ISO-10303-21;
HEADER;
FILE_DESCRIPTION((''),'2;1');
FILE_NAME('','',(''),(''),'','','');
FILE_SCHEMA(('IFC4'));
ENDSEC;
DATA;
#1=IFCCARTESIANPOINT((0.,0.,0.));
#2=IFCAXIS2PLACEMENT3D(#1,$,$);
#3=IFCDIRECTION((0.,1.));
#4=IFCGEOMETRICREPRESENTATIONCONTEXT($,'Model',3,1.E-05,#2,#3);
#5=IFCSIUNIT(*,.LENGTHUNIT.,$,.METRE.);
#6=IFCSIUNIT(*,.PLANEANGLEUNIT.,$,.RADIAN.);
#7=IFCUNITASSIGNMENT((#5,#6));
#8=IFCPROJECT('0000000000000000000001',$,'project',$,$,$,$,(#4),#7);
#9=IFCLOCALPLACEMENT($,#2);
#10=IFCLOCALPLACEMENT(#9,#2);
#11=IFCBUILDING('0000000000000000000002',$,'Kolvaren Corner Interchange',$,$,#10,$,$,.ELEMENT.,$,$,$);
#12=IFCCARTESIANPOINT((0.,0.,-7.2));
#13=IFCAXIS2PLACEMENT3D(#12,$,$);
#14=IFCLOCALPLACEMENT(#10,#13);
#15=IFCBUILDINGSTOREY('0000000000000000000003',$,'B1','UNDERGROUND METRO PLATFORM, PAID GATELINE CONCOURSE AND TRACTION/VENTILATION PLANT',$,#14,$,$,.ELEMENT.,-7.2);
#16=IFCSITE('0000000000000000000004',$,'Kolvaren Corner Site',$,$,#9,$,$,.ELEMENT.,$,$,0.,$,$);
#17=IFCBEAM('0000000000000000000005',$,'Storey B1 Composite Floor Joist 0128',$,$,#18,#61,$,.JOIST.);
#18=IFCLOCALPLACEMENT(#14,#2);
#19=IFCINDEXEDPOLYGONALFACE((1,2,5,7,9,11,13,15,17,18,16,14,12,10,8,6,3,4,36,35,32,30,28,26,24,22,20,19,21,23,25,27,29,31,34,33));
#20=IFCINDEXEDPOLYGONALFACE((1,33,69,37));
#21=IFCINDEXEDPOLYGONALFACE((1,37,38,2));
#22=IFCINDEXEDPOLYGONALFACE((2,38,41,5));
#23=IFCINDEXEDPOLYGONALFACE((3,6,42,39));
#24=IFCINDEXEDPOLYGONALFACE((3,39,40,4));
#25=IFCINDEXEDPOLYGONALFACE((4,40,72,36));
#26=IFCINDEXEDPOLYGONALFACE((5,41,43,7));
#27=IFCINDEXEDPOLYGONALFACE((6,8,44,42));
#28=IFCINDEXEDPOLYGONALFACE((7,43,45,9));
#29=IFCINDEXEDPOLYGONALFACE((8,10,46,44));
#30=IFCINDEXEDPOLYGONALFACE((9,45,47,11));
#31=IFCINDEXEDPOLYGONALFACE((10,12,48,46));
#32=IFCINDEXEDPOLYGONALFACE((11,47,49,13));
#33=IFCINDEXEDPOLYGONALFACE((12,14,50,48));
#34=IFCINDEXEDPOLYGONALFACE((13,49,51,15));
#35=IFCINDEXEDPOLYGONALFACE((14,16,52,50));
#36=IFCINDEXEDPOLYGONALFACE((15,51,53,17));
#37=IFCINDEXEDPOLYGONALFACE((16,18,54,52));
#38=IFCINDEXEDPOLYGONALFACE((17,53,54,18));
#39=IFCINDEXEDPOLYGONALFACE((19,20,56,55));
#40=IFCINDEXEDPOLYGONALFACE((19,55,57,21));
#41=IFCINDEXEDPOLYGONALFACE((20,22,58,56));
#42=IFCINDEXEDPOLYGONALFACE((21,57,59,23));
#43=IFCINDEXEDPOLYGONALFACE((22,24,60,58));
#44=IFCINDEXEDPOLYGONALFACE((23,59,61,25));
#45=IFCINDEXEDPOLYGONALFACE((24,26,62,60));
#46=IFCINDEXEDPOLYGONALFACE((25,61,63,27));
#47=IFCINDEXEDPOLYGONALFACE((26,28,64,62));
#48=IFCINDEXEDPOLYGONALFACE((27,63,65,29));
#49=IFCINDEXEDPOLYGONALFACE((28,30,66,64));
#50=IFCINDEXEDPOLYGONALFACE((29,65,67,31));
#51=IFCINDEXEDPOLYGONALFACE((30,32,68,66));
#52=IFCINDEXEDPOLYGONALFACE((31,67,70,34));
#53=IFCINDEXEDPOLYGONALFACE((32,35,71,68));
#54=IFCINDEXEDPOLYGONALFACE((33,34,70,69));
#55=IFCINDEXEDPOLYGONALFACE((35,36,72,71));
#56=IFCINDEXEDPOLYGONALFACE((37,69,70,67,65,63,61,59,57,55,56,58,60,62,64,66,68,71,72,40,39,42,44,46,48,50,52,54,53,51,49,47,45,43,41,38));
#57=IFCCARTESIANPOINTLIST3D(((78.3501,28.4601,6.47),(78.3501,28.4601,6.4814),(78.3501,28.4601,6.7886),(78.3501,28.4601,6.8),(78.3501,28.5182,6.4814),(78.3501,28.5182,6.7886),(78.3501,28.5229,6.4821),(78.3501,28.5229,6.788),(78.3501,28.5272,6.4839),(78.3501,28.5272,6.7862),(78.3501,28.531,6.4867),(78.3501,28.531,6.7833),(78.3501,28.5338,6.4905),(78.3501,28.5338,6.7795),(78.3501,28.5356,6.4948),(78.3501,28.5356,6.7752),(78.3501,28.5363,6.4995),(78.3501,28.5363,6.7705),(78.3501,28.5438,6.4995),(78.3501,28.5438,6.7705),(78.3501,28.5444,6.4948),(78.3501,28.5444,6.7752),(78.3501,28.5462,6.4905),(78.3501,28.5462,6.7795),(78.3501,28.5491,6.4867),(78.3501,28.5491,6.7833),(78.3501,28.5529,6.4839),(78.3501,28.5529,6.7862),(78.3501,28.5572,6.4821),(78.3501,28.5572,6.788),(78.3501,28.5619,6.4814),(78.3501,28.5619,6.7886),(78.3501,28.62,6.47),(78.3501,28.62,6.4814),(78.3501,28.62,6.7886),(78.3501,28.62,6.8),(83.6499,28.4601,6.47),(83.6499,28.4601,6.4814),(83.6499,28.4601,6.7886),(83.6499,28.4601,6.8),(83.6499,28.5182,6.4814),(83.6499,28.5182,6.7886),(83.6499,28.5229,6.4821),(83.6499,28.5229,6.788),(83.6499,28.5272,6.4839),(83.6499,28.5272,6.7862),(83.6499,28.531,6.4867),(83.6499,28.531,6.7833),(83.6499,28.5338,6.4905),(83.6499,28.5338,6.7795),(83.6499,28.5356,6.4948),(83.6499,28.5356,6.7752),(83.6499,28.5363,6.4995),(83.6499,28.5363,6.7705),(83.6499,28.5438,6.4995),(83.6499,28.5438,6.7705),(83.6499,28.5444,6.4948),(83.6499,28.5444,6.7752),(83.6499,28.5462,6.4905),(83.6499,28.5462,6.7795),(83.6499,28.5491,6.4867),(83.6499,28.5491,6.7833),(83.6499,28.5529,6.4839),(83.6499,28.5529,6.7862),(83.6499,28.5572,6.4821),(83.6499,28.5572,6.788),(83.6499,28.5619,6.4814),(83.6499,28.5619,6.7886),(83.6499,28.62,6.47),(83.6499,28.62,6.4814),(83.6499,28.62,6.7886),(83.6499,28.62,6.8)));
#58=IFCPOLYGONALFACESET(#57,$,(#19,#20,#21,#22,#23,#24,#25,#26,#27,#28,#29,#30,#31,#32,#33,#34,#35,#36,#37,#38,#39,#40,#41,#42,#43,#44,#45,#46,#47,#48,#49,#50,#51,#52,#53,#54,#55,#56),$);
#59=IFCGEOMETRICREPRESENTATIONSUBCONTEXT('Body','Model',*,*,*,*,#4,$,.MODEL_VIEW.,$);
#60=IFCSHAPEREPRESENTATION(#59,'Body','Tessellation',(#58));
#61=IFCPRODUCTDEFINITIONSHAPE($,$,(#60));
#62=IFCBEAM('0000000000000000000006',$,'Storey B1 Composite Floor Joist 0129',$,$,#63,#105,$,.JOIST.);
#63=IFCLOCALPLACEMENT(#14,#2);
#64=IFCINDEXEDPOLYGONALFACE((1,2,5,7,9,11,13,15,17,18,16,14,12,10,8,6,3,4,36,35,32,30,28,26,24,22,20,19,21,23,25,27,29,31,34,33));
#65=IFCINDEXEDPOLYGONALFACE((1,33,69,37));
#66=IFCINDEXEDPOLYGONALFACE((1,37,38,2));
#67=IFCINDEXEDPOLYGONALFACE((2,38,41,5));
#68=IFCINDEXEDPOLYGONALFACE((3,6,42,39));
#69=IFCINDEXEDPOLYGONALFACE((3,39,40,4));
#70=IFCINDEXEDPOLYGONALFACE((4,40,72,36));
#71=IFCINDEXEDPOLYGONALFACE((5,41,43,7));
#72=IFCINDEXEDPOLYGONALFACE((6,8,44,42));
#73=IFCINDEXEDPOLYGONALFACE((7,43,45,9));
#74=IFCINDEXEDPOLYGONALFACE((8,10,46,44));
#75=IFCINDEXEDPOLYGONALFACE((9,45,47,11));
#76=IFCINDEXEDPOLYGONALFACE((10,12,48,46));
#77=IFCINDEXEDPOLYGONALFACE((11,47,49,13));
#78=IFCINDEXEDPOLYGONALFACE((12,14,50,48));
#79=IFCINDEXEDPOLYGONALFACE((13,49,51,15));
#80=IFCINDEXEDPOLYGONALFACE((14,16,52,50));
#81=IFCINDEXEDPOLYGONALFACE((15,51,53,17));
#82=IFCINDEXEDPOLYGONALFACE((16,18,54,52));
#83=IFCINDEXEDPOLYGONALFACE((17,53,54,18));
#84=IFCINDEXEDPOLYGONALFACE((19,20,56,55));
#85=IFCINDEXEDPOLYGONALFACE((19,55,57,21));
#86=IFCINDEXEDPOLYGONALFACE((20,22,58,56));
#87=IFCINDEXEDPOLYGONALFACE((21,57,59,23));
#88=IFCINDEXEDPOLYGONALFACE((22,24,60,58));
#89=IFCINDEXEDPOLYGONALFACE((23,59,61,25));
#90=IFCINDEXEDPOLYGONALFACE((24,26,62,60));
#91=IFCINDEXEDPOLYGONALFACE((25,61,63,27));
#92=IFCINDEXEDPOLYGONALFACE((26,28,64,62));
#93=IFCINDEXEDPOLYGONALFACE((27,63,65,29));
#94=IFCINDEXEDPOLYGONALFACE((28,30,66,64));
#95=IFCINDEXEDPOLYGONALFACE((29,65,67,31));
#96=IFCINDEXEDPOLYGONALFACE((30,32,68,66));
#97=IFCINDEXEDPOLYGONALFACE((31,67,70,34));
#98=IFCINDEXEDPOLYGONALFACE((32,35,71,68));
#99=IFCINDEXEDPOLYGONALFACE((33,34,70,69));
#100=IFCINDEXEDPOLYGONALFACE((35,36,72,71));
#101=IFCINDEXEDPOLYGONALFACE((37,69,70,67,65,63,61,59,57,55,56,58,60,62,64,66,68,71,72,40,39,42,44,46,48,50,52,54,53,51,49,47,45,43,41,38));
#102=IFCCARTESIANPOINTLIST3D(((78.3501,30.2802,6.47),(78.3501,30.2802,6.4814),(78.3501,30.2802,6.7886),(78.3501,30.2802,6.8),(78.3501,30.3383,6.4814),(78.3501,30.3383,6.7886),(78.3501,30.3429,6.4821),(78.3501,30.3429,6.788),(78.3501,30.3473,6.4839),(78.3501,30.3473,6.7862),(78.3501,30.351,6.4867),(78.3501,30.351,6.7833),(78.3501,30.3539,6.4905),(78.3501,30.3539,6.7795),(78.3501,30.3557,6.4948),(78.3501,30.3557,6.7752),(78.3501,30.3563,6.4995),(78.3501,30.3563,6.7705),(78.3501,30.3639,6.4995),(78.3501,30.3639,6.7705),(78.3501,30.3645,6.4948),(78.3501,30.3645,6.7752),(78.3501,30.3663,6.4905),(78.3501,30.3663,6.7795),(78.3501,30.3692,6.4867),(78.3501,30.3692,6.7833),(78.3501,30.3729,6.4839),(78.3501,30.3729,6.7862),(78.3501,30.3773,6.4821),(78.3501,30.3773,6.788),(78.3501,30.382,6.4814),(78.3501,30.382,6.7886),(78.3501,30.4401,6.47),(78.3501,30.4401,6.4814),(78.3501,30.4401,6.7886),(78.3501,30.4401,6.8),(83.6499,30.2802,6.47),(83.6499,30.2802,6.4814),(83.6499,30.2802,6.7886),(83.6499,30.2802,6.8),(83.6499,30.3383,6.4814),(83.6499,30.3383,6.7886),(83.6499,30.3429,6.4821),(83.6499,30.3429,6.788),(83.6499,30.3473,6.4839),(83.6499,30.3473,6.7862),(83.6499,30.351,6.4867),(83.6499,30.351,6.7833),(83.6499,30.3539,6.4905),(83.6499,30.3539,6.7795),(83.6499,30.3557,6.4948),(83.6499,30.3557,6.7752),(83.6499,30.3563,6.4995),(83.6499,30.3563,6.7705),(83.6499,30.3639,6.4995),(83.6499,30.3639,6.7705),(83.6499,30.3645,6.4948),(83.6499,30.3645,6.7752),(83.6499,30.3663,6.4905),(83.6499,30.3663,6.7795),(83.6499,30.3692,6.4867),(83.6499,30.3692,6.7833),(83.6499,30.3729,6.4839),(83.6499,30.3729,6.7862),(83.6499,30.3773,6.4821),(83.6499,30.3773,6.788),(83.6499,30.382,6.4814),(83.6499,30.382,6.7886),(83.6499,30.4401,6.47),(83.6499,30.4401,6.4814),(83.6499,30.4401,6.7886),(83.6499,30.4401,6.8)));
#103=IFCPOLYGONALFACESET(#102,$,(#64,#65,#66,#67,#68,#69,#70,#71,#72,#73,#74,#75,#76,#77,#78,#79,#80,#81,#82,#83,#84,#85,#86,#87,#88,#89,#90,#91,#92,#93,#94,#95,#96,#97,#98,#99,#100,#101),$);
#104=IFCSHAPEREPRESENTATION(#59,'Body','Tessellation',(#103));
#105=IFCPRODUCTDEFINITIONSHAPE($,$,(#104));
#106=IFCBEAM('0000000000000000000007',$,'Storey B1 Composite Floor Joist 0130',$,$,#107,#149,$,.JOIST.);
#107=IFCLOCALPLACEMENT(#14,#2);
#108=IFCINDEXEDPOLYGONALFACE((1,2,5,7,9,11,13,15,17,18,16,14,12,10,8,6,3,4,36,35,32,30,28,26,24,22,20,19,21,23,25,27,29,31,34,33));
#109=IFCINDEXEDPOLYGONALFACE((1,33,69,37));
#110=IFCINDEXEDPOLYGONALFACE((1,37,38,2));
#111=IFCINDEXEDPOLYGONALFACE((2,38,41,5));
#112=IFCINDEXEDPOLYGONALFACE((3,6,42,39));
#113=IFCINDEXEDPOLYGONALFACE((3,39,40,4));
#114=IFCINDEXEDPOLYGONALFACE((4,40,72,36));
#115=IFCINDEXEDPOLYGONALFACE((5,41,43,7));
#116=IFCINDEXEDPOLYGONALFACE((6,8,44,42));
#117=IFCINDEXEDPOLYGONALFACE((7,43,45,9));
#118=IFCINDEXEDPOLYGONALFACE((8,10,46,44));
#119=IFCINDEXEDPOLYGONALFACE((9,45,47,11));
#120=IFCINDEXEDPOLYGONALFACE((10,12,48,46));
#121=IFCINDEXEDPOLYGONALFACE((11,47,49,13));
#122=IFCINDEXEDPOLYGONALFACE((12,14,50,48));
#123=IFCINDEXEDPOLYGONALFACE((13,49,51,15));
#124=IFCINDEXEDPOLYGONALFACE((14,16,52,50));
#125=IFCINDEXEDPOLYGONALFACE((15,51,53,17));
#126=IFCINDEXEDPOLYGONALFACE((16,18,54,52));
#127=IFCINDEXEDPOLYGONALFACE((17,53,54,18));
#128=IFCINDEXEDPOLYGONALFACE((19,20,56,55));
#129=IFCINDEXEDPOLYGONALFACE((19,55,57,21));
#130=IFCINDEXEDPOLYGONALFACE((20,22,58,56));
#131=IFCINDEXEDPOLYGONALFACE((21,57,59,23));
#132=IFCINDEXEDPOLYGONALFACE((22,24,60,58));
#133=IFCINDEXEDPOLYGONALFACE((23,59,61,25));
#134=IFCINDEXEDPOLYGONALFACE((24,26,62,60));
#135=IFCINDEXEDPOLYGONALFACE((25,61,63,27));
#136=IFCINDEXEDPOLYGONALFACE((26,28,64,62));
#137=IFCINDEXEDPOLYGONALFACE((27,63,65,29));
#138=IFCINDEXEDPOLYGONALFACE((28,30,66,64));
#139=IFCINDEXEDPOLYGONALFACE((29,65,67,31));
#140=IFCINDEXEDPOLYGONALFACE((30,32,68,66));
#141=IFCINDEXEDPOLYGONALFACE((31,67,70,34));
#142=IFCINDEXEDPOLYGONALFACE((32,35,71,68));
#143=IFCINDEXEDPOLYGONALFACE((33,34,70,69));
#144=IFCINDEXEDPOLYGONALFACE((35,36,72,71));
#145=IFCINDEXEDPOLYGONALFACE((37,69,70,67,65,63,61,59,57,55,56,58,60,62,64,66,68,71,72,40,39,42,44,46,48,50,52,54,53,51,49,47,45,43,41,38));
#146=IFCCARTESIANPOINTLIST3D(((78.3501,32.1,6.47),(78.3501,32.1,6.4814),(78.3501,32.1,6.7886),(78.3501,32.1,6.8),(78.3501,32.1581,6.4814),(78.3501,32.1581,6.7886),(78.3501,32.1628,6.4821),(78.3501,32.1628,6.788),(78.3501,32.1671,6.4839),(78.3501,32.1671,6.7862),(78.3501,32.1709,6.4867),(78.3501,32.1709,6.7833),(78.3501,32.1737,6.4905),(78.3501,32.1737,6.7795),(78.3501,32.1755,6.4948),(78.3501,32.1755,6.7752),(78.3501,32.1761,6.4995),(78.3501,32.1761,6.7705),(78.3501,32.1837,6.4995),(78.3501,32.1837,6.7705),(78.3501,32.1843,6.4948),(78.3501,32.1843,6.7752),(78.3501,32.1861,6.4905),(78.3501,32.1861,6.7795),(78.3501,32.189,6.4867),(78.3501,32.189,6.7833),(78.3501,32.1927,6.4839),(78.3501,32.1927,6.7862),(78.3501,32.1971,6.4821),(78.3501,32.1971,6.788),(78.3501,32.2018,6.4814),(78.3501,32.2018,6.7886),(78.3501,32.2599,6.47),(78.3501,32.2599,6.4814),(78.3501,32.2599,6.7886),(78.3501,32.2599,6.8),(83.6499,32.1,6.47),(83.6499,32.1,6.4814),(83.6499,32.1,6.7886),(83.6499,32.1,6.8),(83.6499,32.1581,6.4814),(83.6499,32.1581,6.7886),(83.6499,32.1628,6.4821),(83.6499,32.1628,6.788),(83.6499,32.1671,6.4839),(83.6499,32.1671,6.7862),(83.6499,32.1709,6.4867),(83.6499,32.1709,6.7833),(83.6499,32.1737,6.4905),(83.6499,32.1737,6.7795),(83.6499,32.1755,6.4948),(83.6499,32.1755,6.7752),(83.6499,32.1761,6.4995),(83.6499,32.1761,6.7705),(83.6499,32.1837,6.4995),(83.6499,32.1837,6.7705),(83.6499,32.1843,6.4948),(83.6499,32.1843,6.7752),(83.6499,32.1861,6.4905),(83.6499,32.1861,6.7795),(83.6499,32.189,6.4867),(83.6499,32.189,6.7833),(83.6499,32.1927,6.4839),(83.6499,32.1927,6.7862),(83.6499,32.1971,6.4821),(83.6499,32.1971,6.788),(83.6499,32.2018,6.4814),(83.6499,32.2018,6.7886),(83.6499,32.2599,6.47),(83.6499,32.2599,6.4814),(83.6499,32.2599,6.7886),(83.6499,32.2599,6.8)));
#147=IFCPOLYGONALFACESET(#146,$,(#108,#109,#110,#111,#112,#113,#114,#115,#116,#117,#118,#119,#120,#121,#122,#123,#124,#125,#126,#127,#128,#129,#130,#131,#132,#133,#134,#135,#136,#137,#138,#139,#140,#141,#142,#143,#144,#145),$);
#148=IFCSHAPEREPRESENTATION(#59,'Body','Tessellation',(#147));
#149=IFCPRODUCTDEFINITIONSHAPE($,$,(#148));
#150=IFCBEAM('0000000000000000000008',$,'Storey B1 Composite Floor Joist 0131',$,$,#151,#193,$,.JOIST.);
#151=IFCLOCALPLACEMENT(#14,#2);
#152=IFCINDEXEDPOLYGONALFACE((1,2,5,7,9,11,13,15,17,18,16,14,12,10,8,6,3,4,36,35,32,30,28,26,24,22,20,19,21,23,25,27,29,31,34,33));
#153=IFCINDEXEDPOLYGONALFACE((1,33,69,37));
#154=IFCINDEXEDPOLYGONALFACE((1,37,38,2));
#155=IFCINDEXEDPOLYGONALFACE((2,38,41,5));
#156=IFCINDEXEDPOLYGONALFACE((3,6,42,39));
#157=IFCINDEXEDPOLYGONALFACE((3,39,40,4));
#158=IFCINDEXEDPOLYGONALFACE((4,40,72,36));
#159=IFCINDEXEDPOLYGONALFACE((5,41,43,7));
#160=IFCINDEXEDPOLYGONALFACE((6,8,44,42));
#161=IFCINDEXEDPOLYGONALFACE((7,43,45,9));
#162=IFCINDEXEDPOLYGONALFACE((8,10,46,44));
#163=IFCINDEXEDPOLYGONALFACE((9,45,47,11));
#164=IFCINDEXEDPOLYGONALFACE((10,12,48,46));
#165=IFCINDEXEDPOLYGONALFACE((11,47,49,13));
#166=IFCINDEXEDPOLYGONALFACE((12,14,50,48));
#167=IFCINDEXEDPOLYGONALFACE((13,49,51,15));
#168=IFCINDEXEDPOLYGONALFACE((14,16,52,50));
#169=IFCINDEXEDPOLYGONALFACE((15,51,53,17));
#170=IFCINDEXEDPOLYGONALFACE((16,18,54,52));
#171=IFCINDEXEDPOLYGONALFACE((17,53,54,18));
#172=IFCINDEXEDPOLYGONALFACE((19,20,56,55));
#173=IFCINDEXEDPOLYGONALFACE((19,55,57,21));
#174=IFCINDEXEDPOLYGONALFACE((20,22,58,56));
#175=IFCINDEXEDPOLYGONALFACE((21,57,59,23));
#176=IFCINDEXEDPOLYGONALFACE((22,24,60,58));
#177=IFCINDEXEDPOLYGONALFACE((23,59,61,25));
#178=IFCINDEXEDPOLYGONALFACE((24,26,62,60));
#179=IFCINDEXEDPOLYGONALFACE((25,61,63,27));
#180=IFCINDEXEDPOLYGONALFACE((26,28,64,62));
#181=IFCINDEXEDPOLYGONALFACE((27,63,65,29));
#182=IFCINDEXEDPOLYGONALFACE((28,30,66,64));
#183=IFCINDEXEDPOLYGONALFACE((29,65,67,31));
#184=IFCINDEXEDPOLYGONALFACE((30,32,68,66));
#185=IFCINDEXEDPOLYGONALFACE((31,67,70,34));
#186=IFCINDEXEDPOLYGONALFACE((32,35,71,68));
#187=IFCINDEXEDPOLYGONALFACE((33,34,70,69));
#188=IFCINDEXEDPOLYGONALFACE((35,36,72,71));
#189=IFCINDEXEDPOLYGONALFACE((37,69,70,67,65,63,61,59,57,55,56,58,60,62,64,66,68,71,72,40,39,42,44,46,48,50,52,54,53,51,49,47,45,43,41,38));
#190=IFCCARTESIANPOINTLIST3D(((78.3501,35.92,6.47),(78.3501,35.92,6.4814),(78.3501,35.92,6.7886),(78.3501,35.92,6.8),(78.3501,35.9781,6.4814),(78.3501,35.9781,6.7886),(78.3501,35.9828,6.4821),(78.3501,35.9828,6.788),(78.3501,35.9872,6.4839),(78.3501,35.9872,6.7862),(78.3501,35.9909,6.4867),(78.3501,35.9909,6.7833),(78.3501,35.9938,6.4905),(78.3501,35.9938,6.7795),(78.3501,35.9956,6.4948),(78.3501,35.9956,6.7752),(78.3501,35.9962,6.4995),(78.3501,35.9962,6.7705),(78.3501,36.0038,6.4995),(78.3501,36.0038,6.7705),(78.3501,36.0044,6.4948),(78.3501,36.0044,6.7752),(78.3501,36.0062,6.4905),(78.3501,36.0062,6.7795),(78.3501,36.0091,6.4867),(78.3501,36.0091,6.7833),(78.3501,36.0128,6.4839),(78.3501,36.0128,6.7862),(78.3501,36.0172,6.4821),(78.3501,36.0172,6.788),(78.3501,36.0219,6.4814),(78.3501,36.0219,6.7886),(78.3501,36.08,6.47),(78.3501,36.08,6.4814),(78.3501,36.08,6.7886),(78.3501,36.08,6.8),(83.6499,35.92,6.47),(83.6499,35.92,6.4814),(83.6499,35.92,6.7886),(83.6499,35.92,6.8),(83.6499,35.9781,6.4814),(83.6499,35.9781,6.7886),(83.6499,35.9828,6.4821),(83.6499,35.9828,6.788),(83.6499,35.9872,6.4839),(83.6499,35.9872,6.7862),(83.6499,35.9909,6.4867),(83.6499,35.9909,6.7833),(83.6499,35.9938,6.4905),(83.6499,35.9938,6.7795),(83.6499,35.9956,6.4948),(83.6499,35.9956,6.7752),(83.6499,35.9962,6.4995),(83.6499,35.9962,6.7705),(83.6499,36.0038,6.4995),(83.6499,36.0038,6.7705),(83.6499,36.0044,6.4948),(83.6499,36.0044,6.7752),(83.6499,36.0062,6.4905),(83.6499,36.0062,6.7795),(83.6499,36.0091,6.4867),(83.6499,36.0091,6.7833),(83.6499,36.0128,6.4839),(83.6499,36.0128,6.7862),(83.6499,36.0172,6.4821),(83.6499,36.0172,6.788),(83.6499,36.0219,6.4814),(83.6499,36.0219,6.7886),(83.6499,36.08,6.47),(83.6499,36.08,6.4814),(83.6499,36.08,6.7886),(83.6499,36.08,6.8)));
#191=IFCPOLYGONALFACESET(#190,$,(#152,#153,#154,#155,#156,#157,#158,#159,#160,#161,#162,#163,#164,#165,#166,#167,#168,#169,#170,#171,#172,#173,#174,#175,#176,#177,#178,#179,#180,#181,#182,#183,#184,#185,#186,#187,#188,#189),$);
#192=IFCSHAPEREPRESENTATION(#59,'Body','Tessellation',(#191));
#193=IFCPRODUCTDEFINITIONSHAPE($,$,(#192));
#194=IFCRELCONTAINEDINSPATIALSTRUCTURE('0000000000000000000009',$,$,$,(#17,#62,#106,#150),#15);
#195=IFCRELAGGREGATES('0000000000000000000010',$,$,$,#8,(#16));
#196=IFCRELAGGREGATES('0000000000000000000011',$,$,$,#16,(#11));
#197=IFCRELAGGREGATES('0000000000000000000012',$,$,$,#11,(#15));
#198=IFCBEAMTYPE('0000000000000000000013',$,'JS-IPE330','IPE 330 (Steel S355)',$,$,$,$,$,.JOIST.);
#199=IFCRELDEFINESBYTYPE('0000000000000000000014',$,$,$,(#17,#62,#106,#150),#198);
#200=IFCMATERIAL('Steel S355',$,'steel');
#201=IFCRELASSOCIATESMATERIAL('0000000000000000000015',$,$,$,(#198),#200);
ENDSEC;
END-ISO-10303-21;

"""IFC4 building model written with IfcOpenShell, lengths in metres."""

from ifc_helpers import new_model, si_unit, direction, frame, origin, origin_2d, place, context, subcontext, project, spatial, i_section, extrude, material, material_profile, profile_set, type_object, element, save


model = new_model("IFC4")

# Units and contexts
model_context = context("Model", 3, precision=1e-05, world=origin(), true_north=direction((0.0, 1.0)))
body_context = subcontext(model_context, "Body", "Model", "MODEL_VIEW")
ifc_project = project(units=[si_unit("LENGTHUNIT", "METRE"), si_unit("PLANEANGLEUNIT", "RADIAN")], contexts=[model_context])

# Site, building, storey
site_placement = place(None, origin())
site = spatial("IfcSite", under=ifc_project, at=site_placement, Name="Kolvaren Corner Site", CompositionType="ELEMENT", RefElevation=0.0)
building_placement = place(site_placement, origin())
building = spatial("IfcBuilding", under=site, at=building_placement, Name="Kolvaren Corner Interchange", CompositionType="ELEMENT")
storey_placement = place(building_placement, frame((0.0, 0.0, -7.2)))
storey = spatial("IfcBuildingStorey", under=building, at=storey_placement, Name="B1", Description="UNDERGROUND METRO PLATFORM, PAID GATELINE CONCOURSE AND TRACTION/VENTILATION PLANT", CompositionType="ELEMENT", Elevation=-7.2)

# Beams
ifc_material_1 = material(Name="Steel S355", Category="steel")
ifc_material_profile_1 = material_profile(ifc_material_1, i_section(OverallWidth=0.1599, OverallDepth=0.3301, WebThickness=0.0076, FlangeThickness=0.0115, FilletRadius=0.0181, at=origin_2d()), Name="IPE 330")
ifc_profile_set_1 = profile_set([ifc_material_profile_1], Name="Steel S355")
beam_type_1 = type_object("IfcBeamType", Name="JS-IPE330", Description="IPE 330 (Steel S355)", PredefinedType="JOIST", material=ifc_profile_set_1)
for number, where, z_axis, x_axis, name in (
    (1, (78.3501, 28.54, 6.635), (1.0, 0.0, 0.0), (0.0, 1.0, 0.0), "Storey B1 Composite Floor Joist 0128"),
    (2, (78.3501, 30.3601, 6.635), (1.0, 0.0, 0.0), (0.0, 1.0, 0.0), "Storey B1 Composite Floor Joist 0129"),
    (3, (78.3501, 32.1799, 6.635), (1.0, 0.0, 0.0), (0.0, 1.0, 0.0), "Storey B1 Composite Floor Joist 0130"),
    (4, (78.3501, 36.0, 6.635), (1.0, 0.0, 0.0), (0.0, 1.0, 0.0), "Storey B1 Composite Floor Joist 0131"),
):
    element("IfcBeam", number, at=place(storey_placement, frame(where, z_axis=z_axis, x_axis=x_axis)), inside=storey, type_object=beam_type_1, Name=name, PredefinedType="JOIST", context=body_context, shape_type="SweptSolid", body=[
        extrude(i_section(OverallWidth=0.1599, OverallDepth=0.3301, WebThickness=0.0076, FlangeThickness=0.0115, FilletRadius=0.0181, at=origin_2d()), origin(), (0.0, 0.0, 1.0), 5.2998),
    ])

save(model, "model.ifc")
